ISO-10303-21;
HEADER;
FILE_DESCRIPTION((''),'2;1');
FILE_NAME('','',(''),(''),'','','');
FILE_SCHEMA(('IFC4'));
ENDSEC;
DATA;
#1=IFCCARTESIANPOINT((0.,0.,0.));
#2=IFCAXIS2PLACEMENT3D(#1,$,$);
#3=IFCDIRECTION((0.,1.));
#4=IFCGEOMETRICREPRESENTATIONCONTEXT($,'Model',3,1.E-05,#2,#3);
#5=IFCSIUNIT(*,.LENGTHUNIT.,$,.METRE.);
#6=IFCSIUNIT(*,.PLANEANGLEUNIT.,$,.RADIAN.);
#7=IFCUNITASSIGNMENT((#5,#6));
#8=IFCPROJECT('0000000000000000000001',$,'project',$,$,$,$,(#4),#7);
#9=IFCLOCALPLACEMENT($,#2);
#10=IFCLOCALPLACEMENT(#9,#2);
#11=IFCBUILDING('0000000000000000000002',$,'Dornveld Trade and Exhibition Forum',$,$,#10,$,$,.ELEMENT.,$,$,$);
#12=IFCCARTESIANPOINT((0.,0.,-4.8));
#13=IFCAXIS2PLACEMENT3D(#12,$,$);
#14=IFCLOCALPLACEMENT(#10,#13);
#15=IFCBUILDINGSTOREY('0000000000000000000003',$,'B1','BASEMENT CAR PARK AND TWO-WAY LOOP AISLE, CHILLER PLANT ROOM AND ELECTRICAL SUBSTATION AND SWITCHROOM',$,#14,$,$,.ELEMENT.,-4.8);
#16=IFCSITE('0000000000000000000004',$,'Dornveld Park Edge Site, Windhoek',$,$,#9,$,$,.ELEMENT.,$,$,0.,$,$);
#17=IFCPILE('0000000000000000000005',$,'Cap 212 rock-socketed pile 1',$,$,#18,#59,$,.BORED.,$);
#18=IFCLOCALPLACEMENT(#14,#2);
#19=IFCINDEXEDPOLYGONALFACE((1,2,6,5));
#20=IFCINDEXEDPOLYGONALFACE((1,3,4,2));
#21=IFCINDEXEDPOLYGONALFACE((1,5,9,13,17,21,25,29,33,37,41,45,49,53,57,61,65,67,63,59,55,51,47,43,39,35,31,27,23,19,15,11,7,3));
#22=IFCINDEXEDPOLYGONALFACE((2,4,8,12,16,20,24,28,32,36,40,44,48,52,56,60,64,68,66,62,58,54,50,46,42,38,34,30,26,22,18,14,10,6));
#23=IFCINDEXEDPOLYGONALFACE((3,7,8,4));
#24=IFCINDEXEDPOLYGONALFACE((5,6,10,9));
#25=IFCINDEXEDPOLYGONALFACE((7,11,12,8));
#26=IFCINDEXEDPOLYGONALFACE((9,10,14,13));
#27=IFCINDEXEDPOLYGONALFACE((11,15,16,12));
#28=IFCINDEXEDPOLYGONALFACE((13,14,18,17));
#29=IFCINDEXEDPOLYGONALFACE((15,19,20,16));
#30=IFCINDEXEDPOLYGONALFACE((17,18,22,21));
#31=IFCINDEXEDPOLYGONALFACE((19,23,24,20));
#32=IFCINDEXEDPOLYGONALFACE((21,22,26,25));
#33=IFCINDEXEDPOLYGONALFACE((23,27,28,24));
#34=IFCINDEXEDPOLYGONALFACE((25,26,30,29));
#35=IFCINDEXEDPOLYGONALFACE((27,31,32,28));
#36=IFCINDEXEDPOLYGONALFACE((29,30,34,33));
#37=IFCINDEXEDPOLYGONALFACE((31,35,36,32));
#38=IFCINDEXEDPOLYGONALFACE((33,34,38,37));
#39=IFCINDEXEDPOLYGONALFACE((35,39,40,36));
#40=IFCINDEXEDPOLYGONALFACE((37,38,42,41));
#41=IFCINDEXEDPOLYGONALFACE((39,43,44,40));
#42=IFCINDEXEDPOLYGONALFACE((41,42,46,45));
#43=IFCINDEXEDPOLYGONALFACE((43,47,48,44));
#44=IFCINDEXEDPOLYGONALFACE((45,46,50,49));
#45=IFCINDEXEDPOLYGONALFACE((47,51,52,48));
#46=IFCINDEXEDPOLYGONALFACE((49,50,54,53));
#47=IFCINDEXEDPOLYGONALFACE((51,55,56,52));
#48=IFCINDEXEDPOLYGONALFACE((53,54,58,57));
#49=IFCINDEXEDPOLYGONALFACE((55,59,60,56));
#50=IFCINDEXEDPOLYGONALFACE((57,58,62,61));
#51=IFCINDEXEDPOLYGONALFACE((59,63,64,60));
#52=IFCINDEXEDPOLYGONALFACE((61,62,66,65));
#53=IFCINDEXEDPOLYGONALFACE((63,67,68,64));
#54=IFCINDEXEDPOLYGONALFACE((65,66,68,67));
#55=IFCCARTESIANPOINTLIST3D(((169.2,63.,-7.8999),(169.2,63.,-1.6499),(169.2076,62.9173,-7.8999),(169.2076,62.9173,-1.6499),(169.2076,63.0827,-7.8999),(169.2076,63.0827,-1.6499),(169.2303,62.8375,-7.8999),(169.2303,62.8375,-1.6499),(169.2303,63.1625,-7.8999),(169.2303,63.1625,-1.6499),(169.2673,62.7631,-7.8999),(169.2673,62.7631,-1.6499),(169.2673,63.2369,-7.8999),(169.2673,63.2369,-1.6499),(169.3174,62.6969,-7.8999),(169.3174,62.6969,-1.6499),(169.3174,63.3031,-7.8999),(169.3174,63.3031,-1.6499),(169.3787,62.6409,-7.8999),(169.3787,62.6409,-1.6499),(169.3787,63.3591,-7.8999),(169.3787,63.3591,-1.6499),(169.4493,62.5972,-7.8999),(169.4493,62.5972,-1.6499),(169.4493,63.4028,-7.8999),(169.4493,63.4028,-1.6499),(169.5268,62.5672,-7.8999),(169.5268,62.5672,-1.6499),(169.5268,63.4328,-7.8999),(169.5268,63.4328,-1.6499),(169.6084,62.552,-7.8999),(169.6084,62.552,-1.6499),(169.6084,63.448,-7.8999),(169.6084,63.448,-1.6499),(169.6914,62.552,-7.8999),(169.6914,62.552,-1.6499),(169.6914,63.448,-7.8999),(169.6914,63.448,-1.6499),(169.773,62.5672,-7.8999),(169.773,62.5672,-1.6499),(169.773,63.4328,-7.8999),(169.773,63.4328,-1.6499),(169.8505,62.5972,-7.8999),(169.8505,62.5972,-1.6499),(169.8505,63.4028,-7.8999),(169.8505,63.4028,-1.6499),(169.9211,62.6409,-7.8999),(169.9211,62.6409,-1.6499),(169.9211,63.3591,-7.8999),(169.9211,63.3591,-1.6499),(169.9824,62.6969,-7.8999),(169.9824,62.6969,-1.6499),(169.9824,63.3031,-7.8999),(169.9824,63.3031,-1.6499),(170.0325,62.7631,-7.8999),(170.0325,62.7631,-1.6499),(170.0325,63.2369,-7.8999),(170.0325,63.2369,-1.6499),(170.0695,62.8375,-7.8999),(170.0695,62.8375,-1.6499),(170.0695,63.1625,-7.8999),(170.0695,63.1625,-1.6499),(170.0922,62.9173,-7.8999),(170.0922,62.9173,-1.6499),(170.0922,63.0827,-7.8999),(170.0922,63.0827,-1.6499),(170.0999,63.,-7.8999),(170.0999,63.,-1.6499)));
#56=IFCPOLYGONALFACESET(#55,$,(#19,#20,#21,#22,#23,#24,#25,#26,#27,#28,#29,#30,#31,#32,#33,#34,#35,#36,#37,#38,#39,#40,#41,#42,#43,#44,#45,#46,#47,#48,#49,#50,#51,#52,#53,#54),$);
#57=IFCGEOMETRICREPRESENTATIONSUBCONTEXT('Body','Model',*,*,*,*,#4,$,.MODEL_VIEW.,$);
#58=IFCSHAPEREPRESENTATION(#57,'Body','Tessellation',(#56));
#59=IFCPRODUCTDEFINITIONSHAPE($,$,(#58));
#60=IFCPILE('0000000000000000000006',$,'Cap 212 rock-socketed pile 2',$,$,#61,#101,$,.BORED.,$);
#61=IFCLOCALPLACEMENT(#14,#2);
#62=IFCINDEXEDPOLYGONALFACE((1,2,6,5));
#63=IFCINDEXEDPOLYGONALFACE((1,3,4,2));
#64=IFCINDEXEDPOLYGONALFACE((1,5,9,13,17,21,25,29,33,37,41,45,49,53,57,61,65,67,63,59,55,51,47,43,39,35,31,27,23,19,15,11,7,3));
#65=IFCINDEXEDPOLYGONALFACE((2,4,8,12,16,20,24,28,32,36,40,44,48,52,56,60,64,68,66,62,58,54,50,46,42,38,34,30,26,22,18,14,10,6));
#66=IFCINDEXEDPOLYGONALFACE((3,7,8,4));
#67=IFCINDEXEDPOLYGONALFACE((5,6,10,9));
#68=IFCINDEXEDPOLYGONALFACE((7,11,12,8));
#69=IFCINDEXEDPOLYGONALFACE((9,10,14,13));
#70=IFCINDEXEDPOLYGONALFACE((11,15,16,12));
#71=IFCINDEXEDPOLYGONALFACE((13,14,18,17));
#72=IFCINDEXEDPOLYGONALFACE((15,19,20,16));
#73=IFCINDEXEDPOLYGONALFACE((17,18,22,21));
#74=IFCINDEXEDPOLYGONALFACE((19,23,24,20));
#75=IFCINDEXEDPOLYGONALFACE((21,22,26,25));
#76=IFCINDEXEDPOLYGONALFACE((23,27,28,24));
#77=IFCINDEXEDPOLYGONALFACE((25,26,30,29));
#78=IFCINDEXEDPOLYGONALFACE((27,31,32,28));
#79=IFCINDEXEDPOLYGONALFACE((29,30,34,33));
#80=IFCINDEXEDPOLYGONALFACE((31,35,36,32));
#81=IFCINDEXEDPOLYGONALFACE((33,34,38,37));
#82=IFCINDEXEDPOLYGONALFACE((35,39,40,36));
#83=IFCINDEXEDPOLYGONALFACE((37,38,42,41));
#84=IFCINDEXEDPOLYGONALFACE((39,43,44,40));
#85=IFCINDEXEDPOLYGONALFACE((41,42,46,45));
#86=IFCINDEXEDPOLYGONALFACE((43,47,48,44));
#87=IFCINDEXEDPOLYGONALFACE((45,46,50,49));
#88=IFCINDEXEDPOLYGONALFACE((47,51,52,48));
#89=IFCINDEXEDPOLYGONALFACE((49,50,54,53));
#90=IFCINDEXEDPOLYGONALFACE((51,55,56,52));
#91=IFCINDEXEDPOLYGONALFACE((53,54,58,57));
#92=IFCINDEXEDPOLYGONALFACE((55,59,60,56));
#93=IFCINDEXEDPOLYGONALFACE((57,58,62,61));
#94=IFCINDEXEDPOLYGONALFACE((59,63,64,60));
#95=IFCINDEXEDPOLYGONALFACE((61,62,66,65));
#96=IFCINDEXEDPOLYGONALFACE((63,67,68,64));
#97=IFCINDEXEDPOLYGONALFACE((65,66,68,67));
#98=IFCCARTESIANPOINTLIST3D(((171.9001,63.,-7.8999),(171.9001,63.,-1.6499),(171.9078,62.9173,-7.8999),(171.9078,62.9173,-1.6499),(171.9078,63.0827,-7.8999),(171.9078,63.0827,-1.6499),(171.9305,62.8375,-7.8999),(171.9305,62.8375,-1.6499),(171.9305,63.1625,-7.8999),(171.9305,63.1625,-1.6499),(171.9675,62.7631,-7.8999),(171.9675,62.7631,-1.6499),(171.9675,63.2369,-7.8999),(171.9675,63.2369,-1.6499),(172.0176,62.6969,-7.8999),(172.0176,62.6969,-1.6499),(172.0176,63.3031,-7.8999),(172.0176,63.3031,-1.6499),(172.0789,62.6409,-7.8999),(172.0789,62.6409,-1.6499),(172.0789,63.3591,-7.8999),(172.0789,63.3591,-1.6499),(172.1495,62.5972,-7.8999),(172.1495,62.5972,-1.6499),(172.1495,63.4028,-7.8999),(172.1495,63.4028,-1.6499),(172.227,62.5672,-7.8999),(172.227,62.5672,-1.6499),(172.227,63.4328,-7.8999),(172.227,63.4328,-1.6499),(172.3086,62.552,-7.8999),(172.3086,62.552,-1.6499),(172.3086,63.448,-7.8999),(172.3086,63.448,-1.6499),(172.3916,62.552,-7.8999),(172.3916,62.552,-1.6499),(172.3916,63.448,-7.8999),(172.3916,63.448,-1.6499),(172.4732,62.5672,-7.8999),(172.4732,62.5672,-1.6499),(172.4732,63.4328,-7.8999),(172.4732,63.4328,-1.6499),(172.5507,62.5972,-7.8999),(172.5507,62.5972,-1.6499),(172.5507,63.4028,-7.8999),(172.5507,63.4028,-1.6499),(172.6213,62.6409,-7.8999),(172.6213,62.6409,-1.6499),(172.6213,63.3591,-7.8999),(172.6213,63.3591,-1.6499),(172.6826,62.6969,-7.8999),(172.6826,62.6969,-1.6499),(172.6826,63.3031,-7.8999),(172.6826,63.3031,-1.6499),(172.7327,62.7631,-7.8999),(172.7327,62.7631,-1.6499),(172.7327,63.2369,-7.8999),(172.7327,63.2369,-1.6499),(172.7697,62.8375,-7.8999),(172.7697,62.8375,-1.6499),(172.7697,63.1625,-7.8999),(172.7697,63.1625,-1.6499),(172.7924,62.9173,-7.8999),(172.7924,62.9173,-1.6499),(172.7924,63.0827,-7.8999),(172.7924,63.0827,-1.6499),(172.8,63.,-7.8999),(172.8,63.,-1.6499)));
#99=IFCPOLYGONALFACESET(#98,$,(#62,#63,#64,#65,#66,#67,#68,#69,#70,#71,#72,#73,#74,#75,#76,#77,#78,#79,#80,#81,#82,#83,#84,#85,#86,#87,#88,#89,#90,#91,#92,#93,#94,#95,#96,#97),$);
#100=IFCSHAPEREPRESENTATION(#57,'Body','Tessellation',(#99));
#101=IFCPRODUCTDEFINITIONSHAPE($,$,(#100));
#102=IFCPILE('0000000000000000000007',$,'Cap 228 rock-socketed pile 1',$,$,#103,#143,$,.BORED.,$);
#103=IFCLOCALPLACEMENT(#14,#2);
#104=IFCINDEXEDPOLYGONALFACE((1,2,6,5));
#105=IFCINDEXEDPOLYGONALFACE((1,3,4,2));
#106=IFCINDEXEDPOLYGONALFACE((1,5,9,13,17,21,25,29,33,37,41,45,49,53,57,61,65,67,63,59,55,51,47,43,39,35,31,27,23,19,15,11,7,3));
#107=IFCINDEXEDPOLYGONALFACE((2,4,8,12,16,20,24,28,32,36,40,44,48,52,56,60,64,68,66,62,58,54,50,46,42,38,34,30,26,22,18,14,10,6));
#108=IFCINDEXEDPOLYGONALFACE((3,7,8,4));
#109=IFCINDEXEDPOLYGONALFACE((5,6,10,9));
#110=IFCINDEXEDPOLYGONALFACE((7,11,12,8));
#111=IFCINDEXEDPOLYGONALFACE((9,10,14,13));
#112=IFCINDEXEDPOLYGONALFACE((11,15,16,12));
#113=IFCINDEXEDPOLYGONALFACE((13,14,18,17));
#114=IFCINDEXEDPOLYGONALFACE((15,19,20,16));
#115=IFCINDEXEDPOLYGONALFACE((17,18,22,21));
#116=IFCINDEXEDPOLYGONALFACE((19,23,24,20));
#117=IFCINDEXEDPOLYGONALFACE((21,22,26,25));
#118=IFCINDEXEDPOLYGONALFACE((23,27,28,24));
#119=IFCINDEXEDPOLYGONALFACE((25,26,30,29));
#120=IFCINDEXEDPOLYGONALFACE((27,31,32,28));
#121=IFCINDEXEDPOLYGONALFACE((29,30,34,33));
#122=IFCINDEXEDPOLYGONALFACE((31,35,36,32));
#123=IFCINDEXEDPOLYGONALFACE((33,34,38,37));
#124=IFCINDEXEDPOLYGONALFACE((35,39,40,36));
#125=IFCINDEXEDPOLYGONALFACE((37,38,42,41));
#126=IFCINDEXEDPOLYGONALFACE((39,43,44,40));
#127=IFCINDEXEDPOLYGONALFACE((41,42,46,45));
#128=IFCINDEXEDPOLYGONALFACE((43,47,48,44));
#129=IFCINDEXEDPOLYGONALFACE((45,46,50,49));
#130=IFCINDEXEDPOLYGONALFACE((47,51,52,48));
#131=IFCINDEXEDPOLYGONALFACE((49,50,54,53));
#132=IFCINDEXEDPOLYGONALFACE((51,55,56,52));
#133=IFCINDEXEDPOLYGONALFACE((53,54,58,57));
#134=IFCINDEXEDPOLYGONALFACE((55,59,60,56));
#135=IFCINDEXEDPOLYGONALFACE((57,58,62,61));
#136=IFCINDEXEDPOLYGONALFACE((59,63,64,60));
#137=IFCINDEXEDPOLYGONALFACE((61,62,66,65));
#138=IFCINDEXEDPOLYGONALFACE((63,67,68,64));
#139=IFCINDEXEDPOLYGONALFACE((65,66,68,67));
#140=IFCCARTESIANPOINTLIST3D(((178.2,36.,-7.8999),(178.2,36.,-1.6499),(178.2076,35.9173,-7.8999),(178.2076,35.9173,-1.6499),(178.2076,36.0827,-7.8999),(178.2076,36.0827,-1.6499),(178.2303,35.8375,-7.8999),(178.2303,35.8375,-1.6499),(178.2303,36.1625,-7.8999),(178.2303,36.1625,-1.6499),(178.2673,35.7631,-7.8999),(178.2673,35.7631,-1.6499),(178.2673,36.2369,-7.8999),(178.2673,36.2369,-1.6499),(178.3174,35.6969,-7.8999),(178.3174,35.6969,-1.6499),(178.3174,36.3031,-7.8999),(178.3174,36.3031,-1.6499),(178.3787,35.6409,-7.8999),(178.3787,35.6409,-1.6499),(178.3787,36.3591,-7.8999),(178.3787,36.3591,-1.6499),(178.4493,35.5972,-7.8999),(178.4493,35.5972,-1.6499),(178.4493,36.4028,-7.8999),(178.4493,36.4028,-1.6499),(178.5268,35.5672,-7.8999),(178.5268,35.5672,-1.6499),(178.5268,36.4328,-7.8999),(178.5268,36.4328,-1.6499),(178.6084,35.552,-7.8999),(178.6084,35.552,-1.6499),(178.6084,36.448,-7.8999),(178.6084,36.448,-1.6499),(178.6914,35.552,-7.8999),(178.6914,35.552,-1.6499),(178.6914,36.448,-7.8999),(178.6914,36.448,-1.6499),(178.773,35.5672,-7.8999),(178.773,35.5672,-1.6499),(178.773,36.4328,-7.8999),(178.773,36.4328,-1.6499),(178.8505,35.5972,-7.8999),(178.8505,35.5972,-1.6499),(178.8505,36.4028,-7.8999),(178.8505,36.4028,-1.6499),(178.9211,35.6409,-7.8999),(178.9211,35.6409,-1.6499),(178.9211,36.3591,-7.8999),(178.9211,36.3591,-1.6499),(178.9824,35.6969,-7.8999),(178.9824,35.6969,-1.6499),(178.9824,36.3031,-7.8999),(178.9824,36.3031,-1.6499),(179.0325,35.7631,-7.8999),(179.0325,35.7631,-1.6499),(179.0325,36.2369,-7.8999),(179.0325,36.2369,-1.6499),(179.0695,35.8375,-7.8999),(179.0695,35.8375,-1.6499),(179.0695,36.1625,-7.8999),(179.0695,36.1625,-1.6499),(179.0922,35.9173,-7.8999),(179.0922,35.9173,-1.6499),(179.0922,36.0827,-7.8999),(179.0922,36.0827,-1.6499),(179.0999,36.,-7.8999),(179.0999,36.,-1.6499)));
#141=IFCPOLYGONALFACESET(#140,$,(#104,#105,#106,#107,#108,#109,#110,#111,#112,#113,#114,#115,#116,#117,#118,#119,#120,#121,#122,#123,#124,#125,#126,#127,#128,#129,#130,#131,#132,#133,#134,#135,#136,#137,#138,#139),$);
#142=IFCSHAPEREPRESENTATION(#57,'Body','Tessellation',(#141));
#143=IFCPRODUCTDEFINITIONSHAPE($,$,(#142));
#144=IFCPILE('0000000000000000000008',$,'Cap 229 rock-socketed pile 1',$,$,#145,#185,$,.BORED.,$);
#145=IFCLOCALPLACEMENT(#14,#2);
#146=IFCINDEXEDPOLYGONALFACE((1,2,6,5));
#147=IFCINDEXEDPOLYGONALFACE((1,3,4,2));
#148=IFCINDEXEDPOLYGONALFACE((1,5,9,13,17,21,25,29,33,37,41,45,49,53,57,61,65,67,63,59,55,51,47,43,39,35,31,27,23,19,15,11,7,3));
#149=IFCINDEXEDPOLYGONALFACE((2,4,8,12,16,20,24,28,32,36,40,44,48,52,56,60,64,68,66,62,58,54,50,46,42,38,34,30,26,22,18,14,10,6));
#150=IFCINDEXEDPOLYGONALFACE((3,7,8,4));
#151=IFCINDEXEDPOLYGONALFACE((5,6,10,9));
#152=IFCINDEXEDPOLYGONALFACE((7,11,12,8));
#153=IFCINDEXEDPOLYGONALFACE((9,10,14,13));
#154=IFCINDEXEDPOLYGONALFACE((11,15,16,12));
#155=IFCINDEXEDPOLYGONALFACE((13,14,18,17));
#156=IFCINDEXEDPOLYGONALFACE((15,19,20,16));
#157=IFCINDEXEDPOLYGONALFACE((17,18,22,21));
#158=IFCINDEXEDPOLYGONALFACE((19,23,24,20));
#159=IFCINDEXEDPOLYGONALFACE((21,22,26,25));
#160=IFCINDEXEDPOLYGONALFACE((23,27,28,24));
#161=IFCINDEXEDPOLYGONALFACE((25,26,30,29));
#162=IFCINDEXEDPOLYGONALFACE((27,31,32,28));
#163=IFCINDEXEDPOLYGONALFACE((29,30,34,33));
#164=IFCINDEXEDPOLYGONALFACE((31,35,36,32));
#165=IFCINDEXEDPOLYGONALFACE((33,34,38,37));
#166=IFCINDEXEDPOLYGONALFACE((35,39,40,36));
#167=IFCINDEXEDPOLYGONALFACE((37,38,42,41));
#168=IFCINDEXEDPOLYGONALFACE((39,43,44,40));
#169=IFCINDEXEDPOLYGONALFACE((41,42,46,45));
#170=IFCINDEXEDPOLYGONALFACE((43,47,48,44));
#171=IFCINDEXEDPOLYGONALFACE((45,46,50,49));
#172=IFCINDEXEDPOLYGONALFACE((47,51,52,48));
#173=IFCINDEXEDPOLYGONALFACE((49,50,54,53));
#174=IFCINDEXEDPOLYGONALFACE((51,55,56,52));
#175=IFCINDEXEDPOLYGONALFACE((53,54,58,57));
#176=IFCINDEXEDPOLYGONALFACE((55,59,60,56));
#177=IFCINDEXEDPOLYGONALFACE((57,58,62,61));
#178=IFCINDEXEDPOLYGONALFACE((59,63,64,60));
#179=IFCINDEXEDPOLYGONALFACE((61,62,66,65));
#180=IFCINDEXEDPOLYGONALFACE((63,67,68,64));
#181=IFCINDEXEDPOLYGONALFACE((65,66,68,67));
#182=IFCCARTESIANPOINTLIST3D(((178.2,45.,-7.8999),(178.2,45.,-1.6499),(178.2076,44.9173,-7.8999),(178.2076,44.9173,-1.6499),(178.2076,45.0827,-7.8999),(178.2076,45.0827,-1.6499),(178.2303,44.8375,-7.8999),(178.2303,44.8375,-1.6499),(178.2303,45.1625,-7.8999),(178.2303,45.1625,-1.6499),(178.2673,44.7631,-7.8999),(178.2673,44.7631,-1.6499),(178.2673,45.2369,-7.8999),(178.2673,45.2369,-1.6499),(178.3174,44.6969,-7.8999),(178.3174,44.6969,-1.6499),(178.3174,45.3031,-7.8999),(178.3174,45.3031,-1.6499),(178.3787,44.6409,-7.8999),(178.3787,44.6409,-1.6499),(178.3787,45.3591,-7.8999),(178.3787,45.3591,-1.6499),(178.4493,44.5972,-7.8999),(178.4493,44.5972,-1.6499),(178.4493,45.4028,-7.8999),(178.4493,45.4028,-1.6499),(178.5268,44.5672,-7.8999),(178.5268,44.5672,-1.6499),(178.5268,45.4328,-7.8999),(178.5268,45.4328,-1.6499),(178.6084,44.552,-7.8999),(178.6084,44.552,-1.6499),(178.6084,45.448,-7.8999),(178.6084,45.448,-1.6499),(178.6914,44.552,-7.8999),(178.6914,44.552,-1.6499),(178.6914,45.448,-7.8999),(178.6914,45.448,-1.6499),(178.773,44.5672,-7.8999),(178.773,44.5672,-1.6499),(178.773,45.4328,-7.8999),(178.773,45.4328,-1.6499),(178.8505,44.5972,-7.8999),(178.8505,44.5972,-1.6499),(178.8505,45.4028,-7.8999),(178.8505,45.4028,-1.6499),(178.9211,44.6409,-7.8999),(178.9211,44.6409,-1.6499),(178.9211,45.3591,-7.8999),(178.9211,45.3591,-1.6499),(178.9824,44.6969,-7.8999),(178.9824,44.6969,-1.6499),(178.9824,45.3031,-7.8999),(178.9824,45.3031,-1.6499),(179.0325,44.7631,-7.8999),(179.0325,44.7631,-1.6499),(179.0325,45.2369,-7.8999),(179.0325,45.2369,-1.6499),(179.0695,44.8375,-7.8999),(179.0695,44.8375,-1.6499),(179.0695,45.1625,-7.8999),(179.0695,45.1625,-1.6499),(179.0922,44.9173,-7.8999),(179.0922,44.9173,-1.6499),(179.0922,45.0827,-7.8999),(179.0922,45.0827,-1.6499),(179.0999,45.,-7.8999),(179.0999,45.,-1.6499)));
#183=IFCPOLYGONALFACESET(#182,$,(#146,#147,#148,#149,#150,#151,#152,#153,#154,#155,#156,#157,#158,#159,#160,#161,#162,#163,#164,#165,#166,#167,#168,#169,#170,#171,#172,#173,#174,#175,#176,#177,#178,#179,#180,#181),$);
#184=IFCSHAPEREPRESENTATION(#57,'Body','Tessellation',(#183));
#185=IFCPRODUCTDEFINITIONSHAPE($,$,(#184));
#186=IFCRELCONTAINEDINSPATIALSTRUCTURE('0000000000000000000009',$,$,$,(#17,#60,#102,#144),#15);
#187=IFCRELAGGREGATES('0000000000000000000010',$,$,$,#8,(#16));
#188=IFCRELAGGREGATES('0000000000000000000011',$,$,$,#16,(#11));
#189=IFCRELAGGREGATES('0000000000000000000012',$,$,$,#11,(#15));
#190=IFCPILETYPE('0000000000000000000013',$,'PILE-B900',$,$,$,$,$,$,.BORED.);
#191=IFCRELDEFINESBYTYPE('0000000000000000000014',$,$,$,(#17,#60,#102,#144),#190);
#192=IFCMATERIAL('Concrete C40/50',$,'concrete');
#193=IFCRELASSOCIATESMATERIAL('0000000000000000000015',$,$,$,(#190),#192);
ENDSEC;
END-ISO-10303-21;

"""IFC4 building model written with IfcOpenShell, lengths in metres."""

from ifc_helpers import new_model, si_unit, direction, frame, origin, origin_2d, place, context, subcontext, project, spatial, circle, extrude, material, material_profile, profile_set, type_object, element, save


model = new_model("IFC4")

# Units and contexts
model_context = context("Model", 3, precision=1e-05, world=origin(), true_north=direction((0.0, 1.0)))
body_context = subcontext(model_context, "Body", "Model", "MODEL_VIEW")
ifc_project = project(units=[si_unit("LENGTHUNIT", "METRE"), si_unit("PLANEANGLEUNIT", "RADIAN")], contexts=[model_context])

# Site, building, storey
site_placement = place(None, origin())
site = spatial("IfcSite", under=ifc_project, at=site_placement, Name="Dornveld Park Edge Site, Windhoek", CompositionType="ELEMENT", RefElevation=0.0)
building_placement = place(site_placement, origin())
building = spatial("IfcBuilding", under=site, at=building_placement, Name="Dornveld Trade and Exhibition Forum", CompositionType="ELEMENT")
storey_placement = place(building_placement, frame((0.0, 0.0, -4.8)))
storey = spatial("IfcBuildingStorey", under=building, at=storey_placement, Name="B1", Description="BASEMENT CAR PARK AND TWO-WAY LOOP AISLE, CHILLER PLANT ROOM AND ELECTRICAL SUBSTATION AND SWITCHROOM", CompositionType="ELEMENT", Elevation=-4.8)

# Piles
ifc_material_1 = material(Name="Concrete C40/50", Category="concrete")
ifc_material_profile_1 = material_profile(ifc_material_1, circle(Radius=0.45, at=origin_2d()), Name="PILE D900")
ifc_profile_set_1 = profile_set([ifc_material_profile_1], Name="Concrete C40/50")
pile_type = type_object("IfcPileType", Name="PILE-B900", PredefinedType="BORED", material=ifc_profile_set_1)
for number, where, z_axis, x_axis, name in (
    (1, (169.6499, 63.0, -1.6499), (0.0, 0.0, -1.0), (1.0, 0.0, 0.0), "Cap 212 rock-socketed pile 1"),
    (2, (172.3501, 63.0, -1.6499), (0.0, 0.0, -1.0), (1.0, 0.0, 0.0), "Cap 212 rock-socketed pile 2"),
    (3, (178.6499, 36.0, -1.6499), (0.0, 0.0, -1.0), (1.0, 0.0, 0.0), "Cap 228 rock-socketed pile 1"),
    (4, (178.6499, 45.0, -1.6499), (0.0, 0.0, -1.0), (1.0, 0.0, 0.0), "Cap 229 rock-socketed pile 1"),
):
    element("IfcPile", number, at=place(storey_placement, frame(where, z_axis=z_axis, x_axis=x_axis)), inside=storey, type_object=pile_type, Name=name, PredefinedType="BORED", context=body_context, shape_type="SweptSolid", body=[
        extrude(circle(Radius=0.45, at=origin_2d()), origin(), (0.0, 0.0, 1.0), 6.25),
    ])

save(model, "model.ifc")
